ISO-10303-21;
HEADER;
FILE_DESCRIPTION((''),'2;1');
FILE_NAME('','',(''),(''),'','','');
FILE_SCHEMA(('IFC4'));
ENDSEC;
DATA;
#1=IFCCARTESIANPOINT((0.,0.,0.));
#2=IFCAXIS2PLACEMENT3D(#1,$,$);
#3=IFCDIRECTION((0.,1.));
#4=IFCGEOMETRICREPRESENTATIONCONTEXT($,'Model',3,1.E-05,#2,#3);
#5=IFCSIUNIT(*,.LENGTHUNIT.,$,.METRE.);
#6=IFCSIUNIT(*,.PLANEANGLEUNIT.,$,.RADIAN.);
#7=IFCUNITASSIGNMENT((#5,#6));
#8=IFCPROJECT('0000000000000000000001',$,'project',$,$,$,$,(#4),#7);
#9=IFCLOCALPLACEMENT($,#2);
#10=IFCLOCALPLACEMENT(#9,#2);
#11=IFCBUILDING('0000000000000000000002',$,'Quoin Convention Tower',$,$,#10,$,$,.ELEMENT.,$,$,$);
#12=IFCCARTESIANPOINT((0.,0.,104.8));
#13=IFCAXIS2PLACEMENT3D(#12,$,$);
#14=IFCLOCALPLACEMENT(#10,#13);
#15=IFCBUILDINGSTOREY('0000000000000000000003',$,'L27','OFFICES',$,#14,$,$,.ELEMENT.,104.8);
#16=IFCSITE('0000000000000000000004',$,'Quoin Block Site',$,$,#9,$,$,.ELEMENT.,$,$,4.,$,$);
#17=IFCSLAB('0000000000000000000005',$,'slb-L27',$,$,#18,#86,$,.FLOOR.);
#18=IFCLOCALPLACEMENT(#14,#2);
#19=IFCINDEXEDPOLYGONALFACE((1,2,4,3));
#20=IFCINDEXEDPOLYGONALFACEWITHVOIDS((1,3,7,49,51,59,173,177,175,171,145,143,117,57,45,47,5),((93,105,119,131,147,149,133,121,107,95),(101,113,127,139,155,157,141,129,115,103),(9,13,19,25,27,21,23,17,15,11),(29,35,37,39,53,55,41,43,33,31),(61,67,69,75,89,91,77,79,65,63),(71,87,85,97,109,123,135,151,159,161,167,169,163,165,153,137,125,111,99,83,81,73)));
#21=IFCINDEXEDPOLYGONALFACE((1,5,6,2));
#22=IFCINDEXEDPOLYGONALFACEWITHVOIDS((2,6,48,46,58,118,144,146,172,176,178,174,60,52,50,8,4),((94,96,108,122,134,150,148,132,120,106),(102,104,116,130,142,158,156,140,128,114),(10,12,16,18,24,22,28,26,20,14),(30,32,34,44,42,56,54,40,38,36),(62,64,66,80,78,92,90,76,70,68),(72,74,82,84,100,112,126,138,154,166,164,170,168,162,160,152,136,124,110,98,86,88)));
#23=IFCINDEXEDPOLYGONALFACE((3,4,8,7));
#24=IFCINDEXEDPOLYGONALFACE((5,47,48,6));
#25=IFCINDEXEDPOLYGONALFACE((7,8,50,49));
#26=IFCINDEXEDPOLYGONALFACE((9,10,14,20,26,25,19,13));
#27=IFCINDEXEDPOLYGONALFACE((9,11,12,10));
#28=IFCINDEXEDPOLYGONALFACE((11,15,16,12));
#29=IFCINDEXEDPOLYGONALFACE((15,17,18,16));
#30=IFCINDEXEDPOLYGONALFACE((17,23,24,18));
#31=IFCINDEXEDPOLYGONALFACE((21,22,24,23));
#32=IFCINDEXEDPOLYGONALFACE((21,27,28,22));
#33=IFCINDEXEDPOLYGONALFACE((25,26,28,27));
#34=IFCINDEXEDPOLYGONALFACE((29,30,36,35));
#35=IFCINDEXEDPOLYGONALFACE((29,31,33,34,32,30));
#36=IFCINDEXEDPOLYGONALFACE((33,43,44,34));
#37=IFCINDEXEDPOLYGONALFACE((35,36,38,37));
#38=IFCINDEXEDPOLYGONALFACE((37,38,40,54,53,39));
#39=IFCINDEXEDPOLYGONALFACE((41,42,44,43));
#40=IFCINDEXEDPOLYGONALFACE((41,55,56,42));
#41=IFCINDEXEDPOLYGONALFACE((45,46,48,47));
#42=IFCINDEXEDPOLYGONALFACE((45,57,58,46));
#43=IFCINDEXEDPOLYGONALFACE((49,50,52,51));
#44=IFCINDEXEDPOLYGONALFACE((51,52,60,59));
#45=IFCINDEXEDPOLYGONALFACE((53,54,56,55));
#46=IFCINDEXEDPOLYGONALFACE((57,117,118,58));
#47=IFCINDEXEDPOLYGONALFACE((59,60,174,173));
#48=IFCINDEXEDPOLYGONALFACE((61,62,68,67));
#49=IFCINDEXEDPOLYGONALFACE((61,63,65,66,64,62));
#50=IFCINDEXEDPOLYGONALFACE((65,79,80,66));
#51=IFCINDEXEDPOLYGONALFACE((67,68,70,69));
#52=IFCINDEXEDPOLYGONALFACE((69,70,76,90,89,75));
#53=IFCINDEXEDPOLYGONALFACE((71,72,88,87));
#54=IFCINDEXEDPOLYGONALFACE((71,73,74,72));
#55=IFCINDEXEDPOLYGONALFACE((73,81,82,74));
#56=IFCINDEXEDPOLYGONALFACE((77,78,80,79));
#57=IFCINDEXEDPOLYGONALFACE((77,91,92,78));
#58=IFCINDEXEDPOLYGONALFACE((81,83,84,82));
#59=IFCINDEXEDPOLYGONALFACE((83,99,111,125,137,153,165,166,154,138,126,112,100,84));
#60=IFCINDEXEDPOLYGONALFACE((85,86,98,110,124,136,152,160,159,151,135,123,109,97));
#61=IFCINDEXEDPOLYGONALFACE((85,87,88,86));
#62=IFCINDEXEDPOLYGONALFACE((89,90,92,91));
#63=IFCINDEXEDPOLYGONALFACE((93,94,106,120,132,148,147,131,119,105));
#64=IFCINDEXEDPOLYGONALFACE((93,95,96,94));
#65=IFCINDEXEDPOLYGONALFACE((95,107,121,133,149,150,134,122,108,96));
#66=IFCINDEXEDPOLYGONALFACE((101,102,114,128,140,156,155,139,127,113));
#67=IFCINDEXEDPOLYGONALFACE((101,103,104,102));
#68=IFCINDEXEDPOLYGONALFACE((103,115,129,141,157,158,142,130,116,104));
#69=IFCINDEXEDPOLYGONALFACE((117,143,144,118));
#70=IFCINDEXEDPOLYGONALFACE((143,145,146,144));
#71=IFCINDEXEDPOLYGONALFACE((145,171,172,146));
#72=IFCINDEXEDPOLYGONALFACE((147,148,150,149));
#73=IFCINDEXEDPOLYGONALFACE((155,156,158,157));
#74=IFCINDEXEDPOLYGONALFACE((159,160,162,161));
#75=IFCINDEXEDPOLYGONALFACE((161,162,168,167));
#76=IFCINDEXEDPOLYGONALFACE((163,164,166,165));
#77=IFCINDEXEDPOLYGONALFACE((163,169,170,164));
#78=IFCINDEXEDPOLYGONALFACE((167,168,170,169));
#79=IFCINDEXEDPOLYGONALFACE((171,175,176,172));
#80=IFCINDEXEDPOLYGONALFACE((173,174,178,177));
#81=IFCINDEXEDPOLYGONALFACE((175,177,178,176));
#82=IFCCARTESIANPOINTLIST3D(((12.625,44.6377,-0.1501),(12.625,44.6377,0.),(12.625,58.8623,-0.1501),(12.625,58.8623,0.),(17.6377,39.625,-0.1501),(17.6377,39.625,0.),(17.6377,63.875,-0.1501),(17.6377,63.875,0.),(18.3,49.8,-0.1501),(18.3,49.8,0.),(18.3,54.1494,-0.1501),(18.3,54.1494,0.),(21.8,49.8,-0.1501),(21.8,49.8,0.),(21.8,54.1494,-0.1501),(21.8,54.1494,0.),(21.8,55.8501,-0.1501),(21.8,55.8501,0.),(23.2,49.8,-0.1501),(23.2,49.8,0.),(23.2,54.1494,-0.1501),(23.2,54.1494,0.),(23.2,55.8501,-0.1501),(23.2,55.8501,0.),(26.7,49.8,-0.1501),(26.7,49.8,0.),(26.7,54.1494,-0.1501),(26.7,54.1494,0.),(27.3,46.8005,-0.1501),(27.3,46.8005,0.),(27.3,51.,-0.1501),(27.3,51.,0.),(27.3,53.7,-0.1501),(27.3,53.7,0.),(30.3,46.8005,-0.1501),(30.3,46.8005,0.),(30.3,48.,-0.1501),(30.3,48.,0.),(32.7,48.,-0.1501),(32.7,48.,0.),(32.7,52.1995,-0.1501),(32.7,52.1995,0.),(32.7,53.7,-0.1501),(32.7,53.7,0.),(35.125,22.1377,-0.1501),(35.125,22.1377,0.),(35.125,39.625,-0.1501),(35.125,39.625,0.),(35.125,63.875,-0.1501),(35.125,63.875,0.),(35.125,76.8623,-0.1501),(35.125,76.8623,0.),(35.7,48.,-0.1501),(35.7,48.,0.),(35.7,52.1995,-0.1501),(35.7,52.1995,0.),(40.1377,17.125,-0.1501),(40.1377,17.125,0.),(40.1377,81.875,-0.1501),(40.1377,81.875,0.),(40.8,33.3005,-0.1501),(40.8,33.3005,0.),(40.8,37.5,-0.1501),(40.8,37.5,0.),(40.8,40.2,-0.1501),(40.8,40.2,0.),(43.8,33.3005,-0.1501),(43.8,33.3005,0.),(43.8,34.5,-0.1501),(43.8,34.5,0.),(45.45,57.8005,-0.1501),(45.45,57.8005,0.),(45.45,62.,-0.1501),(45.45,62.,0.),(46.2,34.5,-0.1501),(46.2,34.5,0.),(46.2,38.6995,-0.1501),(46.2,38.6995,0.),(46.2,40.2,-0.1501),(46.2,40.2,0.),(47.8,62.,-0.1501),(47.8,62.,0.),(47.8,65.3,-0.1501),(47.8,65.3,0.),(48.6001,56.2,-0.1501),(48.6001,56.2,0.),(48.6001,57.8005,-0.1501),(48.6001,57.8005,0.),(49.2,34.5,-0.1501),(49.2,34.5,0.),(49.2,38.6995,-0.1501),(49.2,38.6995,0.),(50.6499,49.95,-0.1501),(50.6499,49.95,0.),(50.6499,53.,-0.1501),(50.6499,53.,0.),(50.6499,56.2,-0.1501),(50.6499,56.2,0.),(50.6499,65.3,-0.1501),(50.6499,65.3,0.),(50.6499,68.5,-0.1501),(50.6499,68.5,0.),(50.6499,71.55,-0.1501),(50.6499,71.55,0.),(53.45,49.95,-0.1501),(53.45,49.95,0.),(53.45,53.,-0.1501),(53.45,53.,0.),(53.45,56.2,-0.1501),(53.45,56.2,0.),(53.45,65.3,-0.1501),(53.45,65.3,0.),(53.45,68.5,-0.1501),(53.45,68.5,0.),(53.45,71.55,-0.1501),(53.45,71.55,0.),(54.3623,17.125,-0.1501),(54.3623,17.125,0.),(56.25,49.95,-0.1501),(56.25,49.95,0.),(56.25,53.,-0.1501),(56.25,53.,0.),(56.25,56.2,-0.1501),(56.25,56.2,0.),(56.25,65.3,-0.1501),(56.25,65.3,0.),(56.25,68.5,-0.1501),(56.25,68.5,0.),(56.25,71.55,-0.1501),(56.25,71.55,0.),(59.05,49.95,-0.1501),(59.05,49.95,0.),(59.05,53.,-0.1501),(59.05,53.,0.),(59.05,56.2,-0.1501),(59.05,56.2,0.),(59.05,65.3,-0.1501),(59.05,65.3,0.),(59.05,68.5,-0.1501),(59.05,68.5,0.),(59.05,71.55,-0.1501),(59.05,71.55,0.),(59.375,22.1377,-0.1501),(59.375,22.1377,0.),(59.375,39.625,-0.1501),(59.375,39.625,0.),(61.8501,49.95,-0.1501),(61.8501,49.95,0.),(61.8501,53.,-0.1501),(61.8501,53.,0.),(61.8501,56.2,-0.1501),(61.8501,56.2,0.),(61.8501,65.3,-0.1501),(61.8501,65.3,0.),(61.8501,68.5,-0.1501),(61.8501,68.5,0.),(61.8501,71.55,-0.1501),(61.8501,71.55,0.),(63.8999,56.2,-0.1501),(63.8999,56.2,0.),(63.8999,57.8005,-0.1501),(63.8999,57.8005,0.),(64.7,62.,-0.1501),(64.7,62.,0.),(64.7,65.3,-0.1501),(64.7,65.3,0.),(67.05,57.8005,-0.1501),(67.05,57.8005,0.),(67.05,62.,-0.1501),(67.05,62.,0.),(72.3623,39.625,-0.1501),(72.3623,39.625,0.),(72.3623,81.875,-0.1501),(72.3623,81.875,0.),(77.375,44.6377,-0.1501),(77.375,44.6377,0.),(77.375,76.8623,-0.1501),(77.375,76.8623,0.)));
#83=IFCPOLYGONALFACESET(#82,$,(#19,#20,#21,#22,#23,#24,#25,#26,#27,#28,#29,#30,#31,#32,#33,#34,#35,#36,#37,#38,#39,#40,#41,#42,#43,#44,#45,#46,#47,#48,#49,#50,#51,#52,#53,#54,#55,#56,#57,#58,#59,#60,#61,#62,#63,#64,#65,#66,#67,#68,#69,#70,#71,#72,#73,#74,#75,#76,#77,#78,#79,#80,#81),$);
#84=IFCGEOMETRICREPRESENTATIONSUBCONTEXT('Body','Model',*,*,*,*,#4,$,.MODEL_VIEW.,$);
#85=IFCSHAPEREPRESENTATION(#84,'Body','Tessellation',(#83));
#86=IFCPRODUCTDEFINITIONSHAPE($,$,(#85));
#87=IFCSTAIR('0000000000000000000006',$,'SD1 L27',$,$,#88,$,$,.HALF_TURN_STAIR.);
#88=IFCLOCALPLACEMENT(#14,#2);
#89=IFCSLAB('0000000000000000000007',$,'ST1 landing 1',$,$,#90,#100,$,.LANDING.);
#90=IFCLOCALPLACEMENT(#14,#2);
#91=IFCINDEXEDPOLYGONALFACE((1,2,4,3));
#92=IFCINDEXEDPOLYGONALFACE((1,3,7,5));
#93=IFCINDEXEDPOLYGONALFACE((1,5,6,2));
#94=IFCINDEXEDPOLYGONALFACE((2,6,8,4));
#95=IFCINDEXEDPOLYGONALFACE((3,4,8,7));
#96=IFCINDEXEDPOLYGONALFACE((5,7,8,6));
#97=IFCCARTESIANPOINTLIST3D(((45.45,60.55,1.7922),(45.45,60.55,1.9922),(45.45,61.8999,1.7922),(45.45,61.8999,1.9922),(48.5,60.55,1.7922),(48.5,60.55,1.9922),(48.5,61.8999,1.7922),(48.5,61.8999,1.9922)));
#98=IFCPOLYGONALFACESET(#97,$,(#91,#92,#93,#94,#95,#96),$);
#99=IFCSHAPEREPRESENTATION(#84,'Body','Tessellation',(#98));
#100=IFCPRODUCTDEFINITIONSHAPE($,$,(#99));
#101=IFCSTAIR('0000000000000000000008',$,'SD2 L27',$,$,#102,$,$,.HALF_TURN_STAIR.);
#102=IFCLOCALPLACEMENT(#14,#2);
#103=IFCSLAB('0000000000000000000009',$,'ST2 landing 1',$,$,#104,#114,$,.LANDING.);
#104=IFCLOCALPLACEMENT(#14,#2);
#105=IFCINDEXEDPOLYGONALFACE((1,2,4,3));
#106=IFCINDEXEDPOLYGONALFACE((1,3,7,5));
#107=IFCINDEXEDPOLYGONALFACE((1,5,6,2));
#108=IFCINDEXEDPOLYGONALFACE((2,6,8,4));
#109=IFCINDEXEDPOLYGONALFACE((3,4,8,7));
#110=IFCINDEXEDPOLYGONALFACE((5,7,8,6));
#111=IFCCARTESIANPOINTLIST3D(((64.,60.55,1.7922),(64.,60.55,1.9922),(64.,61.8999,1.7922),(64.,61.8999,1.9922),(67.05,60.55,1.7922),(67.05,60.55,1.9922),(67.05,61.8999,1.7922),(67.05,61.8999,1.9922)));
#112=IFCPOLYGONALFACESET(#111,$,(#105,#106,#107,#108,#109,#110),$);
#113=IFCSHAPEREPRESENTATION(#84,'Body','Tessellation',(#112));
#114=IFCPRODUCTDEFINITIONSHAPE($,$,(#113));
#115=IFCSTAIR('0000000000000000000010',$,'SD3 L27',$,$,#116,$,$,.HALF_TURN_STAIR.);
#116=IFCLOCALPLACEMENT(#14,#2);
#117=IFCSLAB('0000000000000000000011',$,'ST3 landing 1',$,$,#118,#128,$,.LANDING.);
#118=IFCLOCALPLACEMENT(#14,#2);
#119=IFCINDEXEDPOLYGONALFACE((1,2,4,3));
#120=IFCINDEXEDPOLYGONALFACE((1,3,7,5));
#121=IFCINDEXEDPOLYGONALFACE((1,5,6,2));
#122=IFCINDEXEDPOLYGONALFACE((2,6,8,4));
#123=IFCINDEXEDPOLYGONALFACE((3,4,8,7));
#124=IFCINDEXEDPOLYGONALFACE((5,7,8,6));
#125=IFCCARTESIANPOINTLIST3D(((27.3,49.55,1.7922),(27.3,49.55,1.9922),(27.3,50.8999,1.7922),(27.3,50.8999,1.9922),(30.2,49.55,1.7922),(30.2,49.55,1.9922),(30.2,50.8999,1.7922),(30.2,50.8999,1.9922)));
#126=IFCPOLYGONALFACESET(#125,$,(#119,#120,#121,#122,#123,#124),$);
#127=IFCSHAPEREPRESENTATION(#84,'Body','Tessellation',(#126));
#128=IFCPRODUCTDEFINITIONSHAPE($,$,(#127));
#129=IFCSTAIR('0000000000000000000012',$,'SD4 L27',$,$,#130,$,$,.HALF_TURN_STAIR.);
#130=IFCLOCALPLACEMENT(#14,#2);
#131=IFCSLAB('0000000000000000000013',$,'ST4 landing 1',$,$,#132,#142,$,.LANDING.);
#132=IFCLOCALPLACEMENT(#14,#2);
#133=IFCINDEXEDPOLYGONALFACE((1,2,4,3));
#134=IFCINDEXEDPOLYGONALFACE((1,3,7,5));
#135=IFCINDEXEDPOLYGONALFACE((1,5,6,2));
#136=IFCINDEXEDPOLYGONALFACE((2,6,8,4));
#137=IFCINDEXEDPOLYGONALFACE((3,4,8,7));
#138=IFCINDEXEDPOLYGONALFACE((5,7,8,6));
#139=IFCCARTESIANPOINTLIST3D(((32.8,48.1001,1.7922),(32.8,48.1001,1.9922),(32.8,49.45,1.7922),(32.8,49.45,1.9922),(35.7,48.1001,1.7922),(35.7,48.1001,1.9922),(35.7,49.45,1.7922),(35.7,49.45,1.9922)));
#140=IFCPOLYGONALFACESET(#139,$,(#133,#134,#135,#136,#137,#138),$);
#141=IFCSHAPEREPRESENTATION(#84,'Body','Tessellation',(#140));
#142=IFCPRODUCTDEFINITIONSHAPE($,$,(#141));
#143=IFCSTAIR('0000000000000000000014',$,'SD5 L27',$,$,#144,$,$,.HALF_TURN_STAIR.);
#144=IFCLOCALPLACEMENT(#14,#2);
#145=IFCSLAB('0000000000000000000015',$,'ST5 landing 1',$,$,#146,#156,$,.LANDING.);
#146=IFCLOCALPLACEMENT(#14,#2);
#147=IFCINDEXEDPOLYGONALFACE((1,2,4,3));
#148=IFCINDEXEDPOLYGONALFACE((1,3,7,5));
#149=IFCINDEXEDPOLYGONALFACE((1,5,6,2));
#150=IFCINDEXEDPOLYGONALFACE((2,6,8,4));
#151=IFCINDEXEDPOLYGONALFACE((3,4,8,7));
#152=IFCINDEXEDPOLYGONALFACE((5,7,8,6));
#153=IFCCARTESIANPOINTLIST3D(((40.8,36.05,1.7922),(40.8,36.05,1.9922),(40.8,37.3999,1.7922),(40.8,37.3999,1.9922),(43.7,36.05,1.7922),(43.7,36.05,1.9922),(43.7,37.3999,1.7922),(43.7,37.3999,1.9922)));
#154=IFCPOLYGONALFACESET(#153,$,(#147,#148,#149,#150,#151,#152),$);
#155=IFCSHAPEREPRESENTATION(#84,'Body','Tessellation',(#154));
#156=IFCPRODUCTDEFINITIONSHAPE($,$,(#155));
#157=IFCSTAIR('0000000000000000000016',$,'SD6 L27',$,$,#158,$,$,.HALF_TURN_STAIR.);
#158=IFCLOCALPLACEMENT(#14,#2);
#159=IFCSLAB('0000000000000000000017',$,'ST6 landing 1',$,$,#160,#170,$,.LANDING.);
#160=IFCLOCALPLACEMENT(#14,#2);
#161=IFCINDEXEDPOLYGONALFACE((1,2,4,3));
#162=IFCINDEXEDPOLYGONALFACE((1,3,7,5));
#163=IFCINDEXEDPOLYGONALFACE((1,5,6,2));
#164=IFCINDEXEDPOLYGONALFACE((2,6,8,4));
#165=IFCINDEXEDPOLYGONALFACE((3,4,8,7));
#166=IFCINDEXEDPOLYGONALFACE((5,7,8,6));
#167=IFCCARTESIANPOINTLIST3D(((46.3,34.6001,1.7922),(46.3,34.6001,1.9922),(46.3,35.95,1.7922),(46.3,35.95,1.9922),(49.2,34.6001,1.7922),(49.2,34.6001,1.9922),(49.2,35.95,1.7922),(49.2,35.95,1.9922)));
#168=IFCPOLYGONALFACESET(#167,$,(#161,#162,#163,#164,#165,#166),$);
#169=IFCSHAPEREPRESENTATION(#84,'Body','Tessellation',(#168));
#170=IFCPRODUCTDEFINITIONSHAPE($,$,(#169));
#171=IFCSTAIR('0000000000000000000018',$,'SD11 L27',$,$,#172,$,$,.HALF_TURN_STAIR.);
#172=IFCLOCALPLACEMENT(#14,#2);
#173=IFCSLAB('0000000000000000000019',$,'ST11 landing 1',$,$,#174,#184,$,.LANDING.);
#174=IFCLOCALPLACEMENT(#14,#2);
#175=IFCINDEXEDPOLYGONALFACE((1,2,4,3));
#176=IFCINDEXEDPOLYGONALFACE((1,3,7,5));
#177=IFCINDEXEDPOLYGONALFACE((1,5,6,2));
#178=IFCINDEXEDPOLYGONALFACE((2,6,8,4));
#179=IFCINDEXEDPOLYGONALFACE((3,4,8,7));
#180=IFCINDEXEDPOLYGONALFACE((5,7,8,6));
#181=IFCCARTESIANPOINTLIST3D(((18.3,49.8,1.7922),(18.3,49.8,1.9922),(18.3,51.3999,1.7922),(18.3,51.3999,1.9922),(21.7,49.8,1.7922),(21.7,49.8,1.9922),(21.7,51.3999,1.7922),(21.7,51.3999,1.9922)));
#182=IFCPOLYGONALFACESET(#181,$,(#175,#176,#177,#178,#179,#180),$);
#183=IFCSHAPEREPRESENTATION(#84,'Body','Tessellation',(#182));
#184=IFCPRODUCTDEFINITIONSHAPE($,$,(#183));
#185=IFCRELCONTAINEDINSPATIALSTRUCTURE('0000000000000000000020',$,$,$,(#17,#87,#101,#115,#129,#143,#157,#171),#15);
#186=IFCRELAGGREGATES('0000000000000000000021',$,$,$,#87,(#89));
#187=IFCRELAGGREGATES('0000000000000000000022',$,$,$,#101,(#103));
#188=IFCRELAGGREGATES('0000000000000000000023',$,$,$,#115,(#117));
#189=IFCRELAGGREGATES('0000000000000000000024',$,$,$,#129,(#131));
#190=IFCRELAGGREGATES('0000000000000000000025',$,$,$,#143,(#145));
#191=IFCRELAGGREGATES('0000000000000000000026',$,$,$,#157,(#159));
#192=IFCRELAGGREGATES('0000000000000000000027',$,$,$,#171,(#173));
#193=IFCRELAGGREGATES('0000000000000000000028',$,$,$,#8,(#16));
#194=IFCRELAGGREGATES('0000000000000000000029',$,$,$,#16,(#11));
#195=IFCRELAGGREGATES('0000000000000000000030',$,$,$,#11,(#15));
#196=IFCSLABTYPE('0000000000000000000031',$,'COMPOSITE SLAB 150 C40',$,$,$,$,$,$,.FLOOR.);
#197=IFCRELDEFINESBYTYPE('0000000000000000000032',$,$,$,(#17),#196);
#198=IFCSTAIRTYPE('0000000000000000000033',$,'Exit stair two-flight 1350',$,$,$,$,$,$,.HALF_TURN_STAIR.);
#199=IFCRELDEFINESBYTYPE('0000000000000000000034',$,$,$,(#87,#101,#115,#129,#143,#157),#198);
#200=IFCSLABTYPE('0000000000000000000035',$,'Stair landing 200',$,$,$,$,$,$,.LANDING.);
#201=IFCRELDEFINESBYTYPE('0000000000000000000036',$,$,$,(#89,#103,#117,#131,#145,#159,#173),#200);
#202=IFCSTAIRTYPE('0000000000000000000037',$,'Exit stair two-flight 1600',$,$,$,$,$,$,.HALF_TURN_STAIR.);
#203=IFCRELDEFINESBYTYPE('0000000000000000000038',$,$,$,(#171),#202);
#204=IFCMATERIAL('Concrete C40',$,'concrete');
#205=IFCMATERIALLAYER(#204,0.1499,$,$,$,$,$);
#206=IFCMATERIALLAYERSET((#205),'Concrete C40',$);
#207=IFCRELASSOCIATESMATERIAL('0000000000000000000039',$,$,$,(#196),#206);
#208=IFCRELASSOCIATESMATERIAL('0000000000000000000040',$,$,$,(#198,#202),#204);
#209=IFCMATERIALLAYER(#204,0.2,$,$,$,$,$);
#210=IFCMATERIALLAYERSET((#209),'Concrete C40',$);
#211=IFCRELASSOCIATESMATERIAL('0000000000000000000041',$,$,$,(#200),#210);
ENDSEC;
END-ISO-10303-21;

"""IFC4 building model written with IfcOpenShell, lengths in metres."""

from ifc_helpers import new_model, si_unit, direction, frame, origin, place, context, subcontext, project, spatial, polyline, outline, extrude, material, layer, layer_set, type_object, element, aggregate, save


model = new_model("IFC4")

# Units and contexts
model_context = context("Model", 3, precision=1e-05, world=origin(), true_north=direction((0.0, 1.0)))
body_context = subcontext(model_context, "Body", "Model", "MODEL_VIEW")
ifc_project = project(units=[si_unit("LENGTHUNIT", "METRE"), si_unit("PLANEANGLEUNIT", "RADIAN")], contexts=[model_context])

# Site, building, storey
site_placement = place(None, origin())
site = spatial("IfcSite", under=ifc_project, at=site_placement, Name="Quoin Block Site", CompositionType="ELEMENT", RefElevation=4.0)
building_placement = place(site_placement, origin())
building = spatial("IfcBuilding", under=site, at=building_placement, Name="Quoin Convention Tower", CompositionType="ELEMENT")
storey_placement = place(building_placement, frame((0.0, 0.0, 104.8)))
storey = spatial("IfcBuildingStorey", under=building, at=storey_placement, Name="L27", Description="OFFICES", CompositionType="ELEMENT", Elevation=104.8)

# Slab
ifc_material_1 = material(Name="Concrete C40", Category="concrete")
ifc_layer_1 = layer(ifc_material_1, 0.1499)
ifc_layer_set_1 = layer_set([ifc_layer_1], Name="Concrete C40")
slab_type_1 = type_object("IfcSlabType", Name="COMPOSITE SLAB 150 C40", PredefinedType="FLOOR", material=ifc_layer_set_1)
slab_1_placement = place(storey_placement, frame((0.0, 0.0, -0.1501)))
element("IfcSlab", 1, at=slab_1_placement, inside=storey, type_object=slab_type_1, Name="slb-L27", PredefinedType="FLOOR", context=body_context, shape_type="SweptSolid", body=[
    extrude(outline(polyline([(59.375, 22.1377), (54.3623, 17.125), (40.1377, 17.125), (35.125, 22.1377), (35.125, 39.625), (17.6377, 39.625), (12.625, 44.6377), (12.625, 58.8623), (17.6377, 63.875), (35.125, 63.875), (35.125, 76.8623), (40.1377, 81.875), (72.3623, 81.875), (77.375, 76.8623), (77.375, 44.6377), (72.3623, 39.625), (59.375, 39.625), (59.375, 22.1377)]), holes=[polyline([(40.8, 40.2), (40.8, 37.5), (40.8, 33.3005), (43.8, 33.3005), (43.8, 34.5), (46.2, 34.5), (49.2, 34.5), (49.2, 38.6995), (46.2, 38.6995), (46.2, 40.2), (40.8, 40.2)]), polyline([(35.7, 52.1995), (32.7, 52.1995), (32.7, 53.7), (27.3, 53.7), (27.3, 51.0), (27.3, 46.8005), (30.3, 46.8005), (30.3, 48.0), (32.7, 48.0), (35.7, 48.0), (35.7, 52.1995)]), polyline([(53.45, 49.95), (56.25, 49.95), (59.05, 49.95), (61.8501, 49.95), (61.8501, 53.0), (59.05, 53.0), (56.25, 53.0), (53.45, 53.0), (50.6499, 53.0), (50.6499, 49.95), (53.45, 49.95)]), polyline([(21.8, 55.8501), (21.8, 54.1494), (18.3, 54.1494), (18.3, 49.8), (21.8, 49.8), (23.2, 49.8), (26.7, 49.8), (26.7, 54.1494), (23.2, 54.1494), (23.2, 55.8501), (21.8, 55.8501)]), polyline([(48.6001, 57.8005), (48.6001, 56.2), (50.6499, 56.2), (53.45, 56.2), (56.25, 56.2), (59.05, 56.2), (61.8501, 56.2), (63.8999, 56.2), (63.8999, 57.8005), (67.05, 57.8005), (67.05, 62.0), (64.7, 62.0), (64.7, 65.3), (61.8501, 65.3), (59.05, 65.3), (56.25, 65.3), (53.45, 65.3), (50.6499, 65.3), (47.8, 65.3), (47.8, 62.0), (45.45, 62.0), (45.45, 57.8005), (48.6001, 57.8005)]), polyline([(50.6499, 68.5), (53.45, 68.5), (56.25, 68.5), (59.05, 68.5), (61.8501, 68.5), (61.8501, 71.55), (59.05, 71.55), (56.25, 71.55), (53.45, 71.55), (50.6499, 71.55), (50.6499, 68.5)])]), origin(), (0.0, 0.0, 1.0), 0.1501),
])

# Stairs, slabs
stair_type_1 = type_object("IfcStairType", Name="Exit stair two-flight 1350", PredefinedType="HALF_TURN_STAIR", material=ifc_material_1)
stair_1_placement = place(storey_placement, origin())
stair_1 = element("IfcStair", 2, at=stair_1_placement, inside=storey, type_object=stair_type_1, Name="SD1 L27", PredefinedType="HALF_TURN_STAIR")
ifc_layer_2 = layer(ifc_material_1, 0.2)
ifc_layer_set_2 = layer_set([ifc_layer_2], Name="Concrete C40")
slab_type_2 = type_object("IfcSlabType", Name="Stair landing 200", PredefinedType="LANDING", material=ifc_layer_set_2)
slab_2_placement = place(storey_placement, frame((0.0, 0.0, 1.7922)))
slab_2 = element("IfcSlab", 3, at=slab_2_placement, type_object=slab_type_2, Name="ST1 landing 1", PredefinedType="LANDING", context=body_context, shape_type="SweptSolid", body=[
    extrude(outline(polyline([(45.45, 60.55), (48.5, 60.55), (48.5, 61.8999), (45.45, 61.8999), (45.45, 60.55)])), origin(), (0.0, 0.0, 1.0), 0.2),
])
aggregate(stair_1, [slab_2])
stair_2_placement = place(storey_placement, origin())
stair_2 = element("IfcStair", 4, at=stair_2_placement, inside=storey, type_object=stair_type_1, Name="SD2 L27", PredefinedType="HALF_TURN_STAIR")
slab_3_placement = place(storey_placement, frame((0.0, 0.0, 1.7922)))
slab_3 = element("IfcSlab", 5, at=slab_3_placement, type_object=slab_type_2, Name="ST2 landing 1", PredefinedType="LANDING", context=body_context, shape_type="SweptSolid", body=[
    extrude(outline(polyline([(64.0, 60.55), (67.05, 60.55), (67.05, 61.8999), (64.0, 61.8999), (64.0, 60.55)])), origin(), (0.0, 0.0, 1.0), 0.2),
])
aggregate(stair_2, [slab_3])
stair_3_placement = place(storey_placement, origin())
stair_3 = element("IfcStair", 6, at=stair_3_placement, inside=storey, type_object=stair_type_1, Name="SD3 L27", PredefinedType="HALF_TURN_STAIR")
slab_4_placement = place(storey_placement, frame((0.0, 0.0, 1.7922)))
slab_4 = element("IfcSlab", 7, at=slab_4_placement, type_object=slab_type_2, Name="ST3 landing 1", PredefinedType="LANDING", context=body_context, shape_type="SweptSolid", body=[
    extrude(outline(polyline([(27.3, 49.55), (30.2, 49.55), (30.2, 50.8999), (27.3, 50.8999), (27.3, 49.55)])), origin(), (0.0, 0.0, 1.0), 0.2),
])
aggregate(stair_3, [slab_4])
stair_4_placement = place(storey_placement, origin())
stair_4 = element("IfcStair", 8, at=stair_4_placement, inside=storey, type_object=stair_type_1, Name="SD4 L27", PredefinedType="HALF_TURN_STAIR")
slab_5_placement = place(storey_placement, frame((0.0, 0.0, 1.7922)))
slab_5 = element("IfcSlab", 9, at=slab_5_placement, type_object=slab_type_2, Name="ST4 landing 1", PredefinedType="LANDING", context=body_context, shape_type="SweptSolid", body=[
    extrude(outline(polyline([(35.7, 49.45), (32.8, 49.45), (32.8, 48.1001), (35.7, 48.1001), (35.7, 49.45)])), origin(), (0.0, 0.0, 1.0), 0.2),
])
aggregate(stair_4, [slab_5])
stair_5_placement = place(storey_placement, origin())
stair_5 = element("IfcStair", 10, at=stair_5_placement, inside=storey, type_object=stair_type_1, Name="SD5 L27", PredefinedType="HALF_TURN_STAIR")
slab_6_placement = place(storey_placement, frame((0.0, 0.0, 1.7922)))
slab_6 = element("IfcSlab", 11, at=slab_6_placement, type_object=slab_type_2, Name="ST5 landing 1", PredefinedType="LANDING", context=body_context, shape_type="SweptSolid", body=[
    extrude(outline(polyline([(40.8, 36.05), (43.7, 36.05), (43.7, 37.3999), (40.8, 37.3999), (40.8, 36.05)])), origin(), (0.0, 0.0, 1.0), 0.2),
])
aggregate(stair_5, [slab_6])
stair_6_placement = place(storey_placement, origin())
stair_6 = element("IfcStair", 12, at=stair_6_placement, inside=storey, type_object=stair_type_1, Name="SD6 L27", PredefinedType="HALF_TURN_STAIR")
slab_7_placement = place(storey_placement, frame((0.0, 0.0, 1.7922)))
slab_7 = element("IfcSlab", 13, at=slab_7_placement, type_object=slab_type_2, Name="ST6 landing 1", PredefinedType="LANDING", context=body_context, shape_type="SweptSolid", body=[
    extrude(outline(polyline([(49.2, 35.95), (46.3, 35.95), (46.3, 34.6001), (49.2, 34.6001), (49.2, 35.95)])), origin(), (0.0, 0.0, 1.0), 0.2),
])
aggregate(stair_6, [slab_7])
stair_type_2 = type_object("IfcStairType", Name="Exit stair two-flight 1600", PredefinedType="HALF_TURN_STAIR", material=ifc_material_1)
stair_7_placement = place(storey_placement, origin())
stair_7 = element("IfcStair", 14, at=stair_7_placement, inside=storey, type_object=stair_type_2, Name="SD11 L27", PredefinedType="HALF_TURN_STAIR")
slab_8_placement = place(storey_placement, frame((0.0, 0.0, 1.7922)))
slab_8 = element("IfcSlab", 15, at=slab_8_placement, type_object=slab_type_2, Name="ST11 landing 1", PredefinedType="LANDING", context=body_context, shape_type="SweptSolid", body=[
    extrude(outline(polyline([(21.7, 51.3999), (18.3, 51.3999), (18.3, 49.8), (21.7, 49.8), (21.7, 51.3999)])), origin(), (0.0, 0.0, 1.0), 0.2),
])
aggregate(stair_7, [slab_8])

save(model, "model.ifc")
